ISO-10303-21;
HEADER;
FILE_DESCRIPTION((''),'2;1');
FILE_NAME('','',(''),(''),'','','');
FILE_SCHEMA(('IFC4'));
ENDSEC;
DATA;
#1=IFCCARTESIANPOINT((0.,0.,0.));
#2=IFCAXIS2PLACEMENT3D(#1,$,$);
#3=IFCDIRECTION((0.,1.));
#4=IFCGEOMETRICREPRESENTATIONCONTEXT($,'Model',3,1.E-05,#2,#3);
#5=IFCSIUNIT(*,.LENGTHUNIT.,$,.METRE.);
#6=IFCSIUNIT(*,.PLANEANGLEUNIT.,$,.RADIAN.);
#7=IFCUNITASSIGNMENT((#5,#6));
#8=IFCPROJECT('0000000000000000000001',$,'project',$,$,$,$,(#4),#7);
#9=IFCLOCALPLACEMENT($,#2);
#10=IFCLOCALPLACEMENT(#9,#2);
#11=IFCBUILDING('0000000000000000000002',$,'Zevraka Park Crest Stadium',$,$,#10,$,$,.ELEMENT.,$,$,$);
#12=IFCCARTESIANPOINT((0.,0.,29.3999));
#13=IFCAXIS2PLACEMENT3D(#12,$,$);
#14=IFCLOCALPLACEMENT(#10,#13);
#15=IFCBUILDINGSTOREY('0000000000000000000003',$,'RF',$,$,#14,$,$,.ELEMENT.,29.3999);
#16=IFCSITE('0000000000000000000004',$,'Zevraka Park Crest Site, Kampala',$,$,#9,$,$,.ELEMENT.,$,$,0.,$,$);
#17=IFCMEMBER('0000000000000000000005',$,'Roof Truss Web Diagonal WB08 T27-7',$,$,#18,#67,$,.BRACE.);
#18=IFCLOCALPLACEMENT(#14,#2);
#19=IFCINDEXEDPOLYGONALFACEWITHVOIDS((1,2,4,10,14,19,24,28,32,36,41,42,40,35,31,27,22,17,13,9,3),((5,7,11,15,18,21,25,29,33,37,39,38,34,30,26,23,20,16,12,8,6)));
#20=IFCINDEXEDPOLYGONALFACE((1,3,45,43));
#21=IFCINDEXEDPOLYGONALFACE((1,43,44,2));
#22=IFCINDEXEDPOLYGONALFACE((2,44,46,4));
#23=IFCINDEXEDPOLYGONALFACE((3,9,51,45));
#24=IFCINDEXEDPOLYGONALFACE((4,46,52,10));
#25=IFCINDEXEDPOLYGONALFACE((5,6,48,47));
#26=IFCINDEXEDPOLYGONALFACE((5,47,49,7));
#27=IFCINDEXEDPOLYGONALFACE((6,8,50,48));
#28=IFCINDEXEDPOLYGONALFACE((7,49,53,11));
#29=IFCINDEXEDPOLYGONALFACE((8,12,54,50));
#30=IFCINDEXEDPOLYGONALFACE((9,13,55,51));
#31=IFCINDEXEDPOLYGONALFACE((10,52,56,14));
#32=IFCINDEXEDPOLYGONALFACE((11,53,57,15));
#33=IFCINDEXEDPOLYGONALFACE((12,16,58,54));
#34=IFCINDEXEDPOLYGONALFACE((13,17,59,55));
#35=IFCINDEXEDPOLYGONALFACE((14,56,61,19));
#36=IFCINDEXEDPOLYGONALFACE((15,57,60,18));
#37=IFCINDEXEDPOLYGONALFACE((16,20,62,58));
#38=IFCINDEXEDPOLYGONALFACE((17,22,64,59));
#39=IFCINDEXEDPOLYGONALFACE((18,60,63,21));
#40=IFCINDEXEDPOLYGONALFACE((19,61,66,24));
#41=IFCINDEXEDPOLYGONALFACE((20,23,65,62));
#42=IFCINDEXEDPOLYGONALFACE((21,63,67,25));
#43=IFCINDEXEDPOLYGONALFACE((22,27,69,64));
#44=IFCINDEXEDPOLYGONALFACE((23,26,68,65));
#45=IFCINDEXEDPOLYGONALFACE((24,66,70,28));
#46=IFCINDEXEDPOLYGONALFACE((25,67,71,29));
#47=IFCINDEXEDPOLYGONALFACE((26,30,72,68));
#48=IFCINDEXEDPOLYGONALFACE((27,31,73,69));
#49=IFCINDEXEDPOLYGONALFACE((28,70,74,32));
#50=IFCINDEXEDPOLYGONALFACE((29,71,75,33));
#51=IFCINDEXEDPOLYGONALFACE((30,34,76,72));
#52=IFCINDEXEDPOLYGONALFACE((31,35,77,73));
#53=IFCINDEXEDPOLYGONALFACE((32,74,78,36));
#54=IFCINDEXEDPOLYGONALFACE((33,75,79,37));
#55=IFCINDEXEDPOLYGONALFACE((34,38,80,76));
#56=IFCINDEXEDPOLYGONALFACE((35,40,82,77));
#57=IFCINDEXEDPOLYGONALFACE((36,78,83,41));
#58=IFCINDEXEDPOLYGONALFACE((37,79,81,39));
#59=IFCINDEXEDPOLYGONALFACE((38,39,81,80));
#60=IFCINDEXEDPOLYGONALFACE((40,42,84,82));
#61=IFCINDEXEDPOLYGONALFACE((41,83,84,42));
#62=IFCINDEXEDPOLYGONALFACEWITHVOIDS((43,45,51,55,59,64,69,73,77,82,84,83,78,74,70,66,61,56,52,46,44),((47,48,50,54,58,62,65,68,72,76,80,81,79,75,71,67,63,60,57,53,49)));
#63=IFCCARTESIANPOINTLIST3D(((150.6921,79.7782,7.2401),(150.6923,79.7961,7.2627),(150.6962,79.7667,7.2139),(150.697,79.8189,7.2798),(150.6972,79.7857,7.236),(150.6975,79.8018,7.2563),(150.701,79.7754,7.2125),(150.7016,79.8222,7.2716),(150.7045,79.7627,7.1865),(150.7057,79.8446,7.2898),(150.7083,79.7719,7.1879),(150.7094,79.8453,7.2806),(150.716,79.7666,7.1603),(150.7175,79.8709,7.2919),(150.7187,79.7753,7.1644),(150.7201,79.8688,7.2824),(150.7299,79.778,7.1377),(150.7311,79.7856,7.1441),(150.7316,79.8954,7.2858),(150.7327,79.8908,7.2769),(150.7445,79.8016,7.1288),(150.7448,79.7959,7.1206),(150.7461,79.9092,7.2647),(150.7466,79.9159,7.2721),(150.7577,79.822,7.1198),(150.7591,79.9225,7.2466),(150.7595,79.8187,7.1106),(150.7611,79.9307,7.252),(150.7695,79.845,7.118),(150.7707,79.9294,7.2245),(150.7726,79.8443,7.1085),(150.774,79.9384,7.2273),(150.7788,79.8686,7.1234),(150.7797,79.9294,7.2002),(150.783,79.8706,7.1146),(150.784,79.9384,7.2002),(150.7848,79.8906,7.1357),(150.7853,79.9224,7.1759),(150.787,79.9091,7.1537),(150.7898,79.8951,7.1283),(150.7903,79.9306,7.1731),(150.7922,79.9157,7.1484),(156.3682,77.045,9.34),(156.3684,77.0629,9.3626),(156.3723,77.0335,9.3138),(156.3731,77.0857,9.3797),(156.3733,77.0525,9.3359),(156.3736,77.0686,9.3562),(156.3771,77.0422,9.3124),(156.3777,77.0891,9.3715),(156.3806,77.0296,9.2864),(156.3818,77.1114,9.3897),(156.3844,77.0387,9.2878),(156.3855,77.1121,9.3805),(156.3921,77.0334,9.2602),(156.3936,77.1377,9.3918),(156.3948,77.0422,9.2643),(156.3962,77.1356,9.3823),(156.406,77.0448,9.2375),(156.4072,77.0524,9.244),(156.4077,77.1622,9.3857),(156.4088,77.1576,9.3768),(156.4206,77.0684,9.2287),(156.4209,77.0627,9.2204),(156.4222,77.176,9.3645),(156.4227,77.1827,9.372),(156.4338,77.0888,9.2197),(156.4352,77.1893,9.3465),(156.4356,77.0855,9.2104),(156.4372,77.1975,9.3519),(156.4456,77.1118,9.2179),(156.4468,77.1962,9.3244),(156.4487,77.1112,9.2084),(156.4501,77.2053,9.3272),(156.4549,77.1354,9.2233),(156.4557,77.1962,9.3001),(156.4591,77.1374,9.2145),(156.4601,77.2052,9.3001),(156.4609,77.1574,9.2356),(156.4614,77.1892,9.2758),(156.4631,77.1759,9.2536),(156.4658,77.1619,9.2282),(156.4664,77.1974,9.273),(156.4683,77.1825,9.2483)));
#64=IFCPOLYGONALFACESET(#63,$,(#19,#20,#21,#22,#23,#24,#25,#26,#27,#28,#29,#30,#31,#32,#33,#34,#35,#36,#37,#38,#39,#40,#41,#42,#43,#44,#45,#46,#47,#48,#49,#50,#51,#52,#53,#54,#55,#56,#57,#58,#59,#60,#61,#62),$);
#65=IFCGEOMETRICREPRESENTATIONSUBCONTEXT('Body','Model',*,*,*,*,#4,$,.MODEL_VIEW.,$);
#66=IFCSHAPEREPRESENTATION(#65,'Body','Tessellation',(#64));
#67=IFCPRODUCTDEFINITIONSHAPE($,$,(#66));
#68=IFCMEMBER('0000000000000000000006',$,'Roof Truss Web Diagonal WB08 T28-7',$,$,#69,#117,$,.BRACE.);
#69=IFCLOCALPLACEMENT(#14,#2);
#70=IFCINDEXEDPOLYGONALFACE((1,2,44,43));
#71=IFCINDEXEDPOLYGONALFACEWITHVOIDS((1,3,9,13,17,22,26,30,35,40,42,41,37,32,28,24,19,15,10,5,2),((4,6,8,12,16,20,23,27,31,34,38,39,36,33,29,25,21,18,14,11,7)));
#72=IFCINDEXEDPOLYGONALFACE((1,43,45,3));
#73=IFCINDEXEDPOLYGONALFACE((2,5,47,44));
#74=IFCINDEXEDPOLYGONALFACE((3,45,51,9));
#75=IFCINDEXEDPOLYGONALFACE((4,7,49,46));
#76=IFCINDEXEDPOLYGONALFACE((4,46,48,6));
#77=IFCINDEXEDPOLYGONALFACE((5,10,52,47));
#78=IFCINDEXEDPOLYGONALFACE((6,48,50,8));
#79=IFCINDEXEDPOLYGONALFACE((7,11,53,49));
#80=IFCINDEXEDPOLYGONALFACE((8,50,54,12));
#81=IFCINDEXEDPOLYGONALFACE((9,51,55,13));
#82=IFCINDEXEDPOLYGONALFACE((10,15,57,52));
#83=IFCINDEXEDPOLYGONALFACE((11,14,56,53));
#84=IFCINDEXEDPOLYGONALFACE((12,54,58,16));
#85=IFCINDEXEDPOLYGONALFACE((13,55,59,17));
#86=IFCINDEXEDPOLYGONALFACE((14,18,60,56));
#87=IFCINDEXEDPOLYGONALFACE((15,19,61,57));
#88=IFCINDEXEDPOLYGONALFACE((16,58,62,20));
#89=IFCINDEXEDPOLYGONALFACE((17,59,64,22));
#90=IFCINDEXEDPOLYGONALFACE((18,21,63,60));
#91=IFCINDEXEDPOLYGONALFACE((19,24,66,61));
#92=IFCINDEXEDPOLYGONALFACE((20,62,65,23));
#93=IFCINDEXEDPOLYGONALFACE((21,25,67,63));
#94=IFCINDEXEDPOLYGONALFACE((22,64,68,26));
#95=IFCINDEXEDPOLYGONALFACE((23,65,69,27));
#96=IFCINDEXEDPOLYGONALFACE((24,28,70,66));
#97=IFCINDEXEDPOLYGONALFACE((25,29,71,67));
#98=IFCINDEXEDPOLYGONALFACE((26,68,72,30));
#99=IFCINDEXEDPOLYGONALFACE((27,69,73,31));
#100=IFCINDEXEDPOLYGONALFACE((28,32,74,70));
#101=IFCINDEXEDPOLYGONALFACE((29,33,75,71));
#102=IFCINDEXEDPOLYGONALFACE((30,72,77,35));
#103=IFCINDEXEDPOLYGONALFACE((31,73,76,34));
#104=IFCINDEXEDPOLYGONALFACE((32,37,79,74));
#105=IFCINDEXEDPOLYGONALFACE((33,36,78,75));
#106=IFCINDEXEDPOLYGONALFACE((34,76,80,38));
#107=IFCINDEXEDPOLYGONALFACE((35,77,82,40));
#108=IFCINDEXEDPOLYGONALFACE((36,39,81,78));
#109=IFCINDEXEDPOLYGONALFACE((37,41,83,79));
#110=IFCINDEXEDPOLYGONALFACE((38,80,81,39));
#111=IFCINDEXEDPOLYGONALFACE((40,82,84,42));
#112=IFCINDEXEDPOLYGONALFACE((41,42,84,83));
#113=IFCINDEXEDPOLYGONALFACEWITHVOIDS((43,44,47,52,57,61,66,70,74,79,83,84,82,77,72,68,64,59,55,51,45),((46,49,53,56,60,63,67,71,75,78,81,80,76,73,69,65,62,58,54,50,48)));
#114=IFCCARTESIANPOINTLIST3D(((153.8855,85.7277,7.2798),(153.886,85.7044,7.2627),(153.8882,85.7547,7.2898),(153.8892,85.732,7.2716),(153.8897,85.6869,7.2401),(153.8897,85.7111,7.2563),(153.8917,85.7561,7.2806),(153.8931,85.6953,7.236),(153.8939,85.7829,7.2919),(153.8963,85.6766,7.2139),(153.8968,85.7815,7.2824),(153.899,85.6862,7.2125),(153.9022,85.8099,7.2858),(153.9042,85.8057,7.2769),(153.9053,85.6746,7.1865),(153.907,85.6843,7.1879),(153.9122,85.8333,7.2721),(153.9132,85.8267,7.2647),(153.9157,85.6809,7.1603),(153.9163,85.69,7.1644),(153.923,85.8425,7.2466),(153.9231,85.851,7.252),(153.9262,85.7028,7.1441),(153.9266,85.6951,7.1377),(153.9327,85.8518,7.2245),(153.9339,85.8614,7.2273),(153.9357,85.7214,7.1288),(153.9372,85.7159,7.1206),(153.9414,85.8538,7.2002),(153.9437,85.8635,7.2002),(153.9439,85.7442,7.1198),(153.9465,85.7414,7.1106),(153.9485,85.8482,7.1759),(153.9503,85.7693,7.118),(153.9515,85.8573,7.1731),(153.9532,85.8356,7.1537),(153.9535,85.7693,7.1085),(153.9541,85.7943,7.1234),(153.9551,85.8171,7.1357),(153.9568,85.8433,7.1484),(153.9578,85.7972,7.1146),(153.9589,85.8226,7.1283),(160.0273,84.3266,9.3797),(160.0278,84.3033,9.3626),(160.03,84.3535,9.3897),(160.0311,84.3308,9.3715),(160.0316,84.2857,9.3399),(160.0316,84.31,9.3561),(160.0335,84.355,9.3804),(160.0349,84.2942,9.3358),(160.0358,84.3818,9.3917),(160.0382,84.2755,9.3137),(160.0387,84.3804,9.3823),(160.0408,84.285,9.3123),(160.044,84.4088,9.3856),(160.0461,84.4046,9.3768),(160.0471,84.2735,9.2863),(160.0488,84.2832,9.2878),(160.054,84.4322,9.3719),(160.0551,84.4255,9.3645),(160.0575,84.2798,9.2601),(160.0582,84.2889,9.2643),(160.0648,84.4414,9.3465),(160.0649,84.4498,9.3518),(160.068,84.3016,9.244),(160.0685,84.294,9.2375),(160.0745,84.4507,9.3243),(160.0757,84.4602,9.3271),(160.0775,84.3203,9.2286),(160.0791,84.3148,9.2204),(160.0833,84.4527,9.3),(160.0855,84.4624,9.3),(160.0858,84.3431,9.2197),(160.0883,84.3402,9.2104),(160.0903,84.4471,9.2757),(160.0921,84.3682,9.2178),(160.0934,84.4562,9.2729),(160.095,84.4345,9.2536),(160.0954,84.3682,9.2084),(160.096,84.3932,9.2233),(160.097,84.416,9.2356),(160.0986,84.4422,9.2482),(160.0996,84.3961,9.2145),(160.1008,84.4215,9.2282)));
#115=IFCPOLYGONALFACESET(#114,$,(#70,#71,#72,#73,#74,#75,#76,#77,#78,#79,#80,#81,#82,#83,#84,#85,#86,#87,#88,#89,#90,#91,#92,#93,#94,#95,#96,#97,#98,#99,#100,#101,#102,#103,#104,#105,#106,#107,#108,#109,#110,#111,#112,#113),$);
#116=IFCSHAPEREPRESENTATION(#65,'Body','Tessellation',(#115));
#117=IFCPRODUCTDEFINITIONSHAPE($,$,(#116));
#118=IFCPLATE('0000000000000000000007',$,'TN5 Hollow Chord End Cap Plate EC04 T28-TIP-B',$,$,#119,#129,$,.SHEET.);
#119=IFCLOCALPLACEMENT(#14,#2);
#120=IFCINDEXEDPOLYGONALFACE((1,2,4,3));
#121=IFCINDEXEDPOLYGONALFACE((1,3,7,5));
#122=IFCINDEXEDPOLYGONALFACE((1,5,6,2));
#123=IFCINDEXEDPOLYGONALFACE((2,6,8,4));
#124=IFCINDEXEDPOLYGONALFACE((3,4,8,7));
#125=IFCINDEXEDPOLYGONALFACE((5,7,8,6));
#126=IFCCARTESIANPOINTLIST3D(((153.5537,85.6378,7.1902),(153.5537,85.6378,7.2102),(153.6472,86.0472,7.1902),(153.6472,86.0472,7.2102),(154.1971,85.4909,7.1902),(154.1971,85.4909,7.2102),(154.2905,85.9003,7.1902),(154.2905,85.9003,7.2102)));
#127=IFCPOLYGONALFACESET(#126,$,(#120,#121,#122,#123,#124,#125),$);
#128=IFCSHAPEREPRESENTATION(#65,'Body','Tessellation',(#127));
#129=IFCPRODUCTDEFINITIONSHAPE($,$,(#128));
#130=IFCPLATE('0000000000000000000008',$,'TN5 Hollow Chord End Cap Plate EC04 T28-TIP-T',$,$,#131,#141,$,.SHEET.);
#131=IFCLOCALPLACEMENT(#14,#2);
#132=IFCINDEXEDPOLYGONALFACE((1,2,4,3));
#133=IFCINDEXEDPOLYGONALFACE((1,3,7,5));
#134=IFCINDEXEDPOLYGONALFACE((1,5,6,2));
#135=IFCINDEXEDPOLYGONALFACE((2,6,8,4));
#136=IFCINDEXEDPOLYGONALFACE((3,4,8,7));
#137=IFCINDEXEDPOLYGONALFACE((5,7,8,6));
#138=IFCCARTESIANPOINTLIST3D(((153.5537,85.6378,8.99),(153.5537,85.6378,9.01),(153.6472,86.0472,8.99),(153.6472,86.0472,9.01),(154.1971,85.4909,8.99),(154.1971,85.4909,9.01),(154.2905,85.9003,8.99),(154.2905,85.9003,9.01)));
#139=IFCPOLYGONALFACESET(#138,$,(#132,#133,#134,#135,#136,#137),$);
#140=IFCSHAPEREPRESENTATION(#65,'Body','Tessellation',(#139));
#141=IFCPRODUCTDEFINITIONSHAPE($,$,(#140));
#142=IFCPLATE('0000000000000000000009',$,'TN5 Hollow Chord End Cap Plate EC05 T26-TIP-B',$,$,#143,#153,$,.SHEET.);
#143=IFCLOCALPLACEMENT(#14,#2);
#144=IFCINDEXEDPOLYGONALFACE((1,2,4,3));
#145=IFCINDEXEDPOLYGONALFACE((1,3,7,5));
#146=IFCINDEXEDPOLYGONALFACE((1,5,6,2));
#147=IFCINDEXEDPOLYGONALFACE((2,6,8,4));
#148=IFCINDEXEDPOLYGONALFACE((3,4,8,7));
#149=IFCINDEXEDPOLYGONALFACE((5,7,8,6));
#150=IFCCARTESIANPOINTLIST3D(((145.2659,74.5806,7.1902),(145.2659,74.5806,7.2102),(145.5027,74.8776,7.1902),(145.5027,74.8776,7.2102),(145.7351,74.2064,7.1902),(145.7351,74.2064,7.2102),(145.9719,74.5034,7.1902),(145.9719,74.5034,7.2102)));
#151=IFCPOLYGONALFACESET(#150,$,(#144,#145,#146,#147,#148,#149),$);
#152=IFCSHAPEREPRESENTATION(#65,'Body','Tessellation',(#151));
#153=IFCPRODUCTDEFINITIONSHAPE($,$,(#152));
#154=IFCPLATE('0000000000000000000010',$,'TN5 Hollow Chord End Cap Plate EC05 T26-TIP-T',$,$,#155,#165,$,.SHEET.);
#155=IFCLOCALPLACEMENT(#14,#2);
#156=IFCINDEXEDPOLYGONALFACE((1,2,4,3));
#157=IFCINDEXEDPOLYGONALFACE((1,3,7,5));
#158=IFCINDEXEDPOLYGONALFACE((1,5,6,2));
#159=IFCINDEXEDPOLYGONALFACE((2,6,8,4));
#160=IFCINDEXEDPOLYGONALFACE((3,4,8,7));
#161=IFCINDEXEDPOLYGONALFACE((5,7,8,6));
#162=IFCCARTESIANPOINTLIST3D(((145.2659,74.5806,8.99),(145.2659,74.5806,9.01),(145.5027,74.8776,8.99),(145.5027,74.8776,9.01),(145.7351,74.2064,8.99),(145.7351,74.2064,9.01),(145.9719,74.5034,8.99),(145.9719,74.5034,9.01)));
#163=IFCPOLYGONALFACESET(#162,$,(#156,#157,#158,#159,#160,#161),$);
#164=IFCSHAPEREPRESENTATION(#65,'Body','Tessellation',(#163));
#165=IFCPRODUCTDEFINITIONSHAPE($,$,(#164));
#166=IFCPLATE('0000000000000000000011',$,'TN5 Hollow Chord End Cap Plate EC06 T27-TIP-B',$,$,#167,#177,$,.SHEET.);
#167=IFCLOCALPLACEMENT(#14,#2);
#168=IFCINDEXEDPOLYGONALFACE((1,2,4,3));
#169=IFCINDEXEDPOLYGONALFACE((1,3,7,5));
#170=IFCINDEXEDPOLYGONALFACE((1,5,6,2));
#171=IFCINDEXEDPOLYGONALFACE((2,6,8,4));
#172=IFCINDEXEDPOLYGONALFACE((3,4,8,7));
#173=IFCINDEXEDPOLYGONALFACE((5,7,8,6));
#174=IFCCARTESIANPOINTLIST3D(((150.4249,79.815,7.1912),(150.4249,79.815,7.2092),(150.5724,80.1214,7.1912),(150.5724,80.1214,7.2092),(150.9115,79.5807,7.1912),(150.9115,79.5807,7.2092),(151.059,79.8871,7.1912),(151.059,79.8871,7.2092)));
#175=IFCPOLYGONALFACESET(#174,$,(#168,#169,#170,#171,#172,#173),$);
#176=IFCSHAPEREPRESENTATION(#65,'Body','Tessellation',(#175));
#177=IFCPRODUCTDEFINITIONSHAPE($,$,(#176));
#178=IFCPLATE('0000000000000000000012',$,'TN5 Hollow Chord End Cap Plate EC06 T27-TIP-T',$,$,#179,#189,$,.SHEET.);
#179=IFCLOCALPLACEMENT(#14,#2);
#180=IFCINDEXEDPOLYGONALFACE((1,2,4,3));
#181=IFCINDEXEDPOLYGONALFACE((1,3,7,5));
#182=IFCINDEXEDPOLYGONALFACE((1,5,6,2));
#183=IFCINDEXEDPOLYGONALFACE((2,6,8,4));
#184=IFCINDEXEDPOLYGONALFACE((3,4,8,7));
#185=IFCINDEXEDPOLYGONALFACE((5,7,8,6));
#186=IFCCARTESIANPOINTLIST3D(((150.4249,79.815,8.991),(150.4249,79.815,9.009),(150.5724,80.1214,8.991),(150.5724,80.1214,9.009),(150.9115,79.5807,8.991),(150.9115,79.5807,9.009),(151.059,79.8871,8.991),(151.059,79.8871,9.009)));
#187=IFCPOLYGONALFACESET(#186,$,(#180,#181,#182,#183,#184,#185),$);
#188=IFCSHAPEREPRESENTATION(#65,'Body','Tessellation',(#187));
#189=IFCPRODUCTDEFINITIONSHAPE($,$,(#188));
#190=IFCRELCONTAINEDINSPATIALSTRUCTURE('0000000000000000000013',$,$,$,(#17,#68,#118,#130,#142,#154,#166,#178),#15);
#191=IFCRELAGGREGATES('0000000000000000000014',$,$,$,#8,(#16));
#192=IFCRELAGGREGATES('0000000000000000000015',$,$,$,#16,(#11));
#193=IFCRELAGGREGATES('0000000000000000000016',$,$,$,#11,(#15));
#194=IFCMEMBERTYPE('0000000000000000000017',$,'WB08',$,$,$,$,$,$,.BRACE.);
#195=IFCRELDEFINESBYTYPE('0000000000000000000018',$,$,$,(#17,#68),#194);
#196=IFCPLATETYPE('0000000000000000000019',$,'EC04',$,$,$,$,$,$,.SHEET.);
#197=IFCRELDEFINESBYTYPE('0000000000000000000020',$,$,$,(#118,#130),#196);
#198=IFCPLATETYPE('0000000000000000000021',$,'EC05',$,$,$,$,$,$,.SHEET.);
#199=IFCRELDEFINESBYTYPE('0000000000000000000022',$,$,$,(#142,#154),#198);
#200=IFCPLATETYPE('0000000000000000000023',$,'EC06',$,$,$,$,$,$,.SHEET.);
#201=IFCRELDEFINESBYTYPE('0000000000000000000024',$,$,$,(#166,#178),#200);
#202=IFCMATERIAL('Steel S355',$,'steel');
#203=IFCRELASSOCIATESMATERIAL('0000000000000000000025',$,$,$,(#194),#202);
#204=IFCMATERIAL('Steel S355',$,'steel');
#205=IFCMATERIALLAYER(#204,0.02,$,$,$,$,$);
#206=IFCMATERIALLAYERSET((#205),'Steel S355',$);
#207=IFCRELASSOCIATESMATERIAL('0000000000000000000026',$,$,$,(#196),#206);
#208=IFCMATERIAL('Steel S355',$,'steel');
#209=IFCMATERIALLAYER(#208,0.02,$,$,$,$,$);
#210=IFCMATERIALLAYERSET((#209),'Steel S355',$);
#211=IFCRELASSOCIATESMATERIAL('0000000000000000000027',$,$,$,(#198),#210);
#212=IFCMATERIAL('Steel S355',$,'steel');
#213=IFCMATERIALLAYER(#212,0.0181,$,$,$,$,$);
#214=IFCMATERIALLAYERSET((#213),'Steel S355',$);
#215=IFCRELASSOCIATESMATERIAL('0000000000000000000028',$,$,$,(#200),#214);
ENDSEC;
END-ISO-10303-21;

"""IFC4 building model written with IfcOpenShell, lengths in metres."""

from ifc_helpers import new_model, si_unit, direction, frame, origin, origin_2d, place, context, subcontext, project, spatial, rectangle, hollow_circle, extrude, material, layer, layer_set, material_profile, profile_set, type_object, element, save


model = new_model("IFC4")

# Units and contexts
model_context = context("Model", 3, precision=1e-05, world=origin(), true_north=direction((0.0, 1.0)))
body_context = subcontext(model_context, "Body", "Model", "MODEL_VIEW")
ifc_project = project(units=[si_unit("LENGTHUNIT", "METRE"), si_unit("PLANEANGLEUNIT", "RADIAN")], contexts=[model_context])

# Site, building, storey
site_placement = place(None, origin())
site = spatial("IfcSite", under=ifc_project, at=site_placement, Name="Zevraka Park Crest Site, Kampala", CompositionType="ELEMENT", RefElevation=0.0)
building_placement = place(site_placement, origin())
building = spatial("IfcBuilding", under=site, at=building_placement, Name="Zevraka Park Crest Stadium", CompositionType="ELEMENT")
storey_placement = place(building_placement, frame((0.0, 0.0, 29.3999)))
storey = spatial("IfcBuildingStorey", under=building, at=storey_placement, Name="RF", CompositionType="ELEMENT", Elevation=29.3999)

# Members
ifc_material_1 = material(Name="Steel S355", Category="steel")
ifc_material_profile_1 = material_profile(ifc_material_1, hollow_circle(Radius=0.0969, WallThickness=0.01, at=origin_2d()), Name="CHS 193.7x10")
ifc_profile_set_1 = profile_set([ifc_material_profile_1], Name="Steel S355")
member_type_1 = type_object("IfcMemberType", Name="WB08", PredefinedType="BRACE", material=ifc_profile_set_1)
member_1_placement = place(storey_placement, frame((150.7419, 79.8511, 7.2002), z_axis=(0.854753, -0.411586, 0.316217), x_axis=(0.433848, 0.900986, 0.0)))
element("IfcMember", 1, at=member_1_placement, inside=storey, type_object=member_type_1, Name="Roof Truss Web Diagonal WB08 T27-7", PredefinedType="BRACE", context=body_context, shape_type="SweptSolid", body=[
    extrude(hollow_circle(Radius=0.0969, WallThickness=0.01, at=origin_2d()), origin(), (0.0, 0.0, 1.0), 6.6406),
])
member_2_placement = place(storey_placement, frame((153.9221, 85.769, 7.2002), z_axis=(0.924922, -0.211, 0.316224), x_axis=(0.222413, 0.974952, 0.0)))
element("IfcMember", 2, at=member_2_placement, inside=storey, type_object=member_type_1, Name="Roof Truss Web Diagonal WB08 T28-7", PredefinedType="BRACE", context=body_context, shape_type="SweptSolid", body=[
    extrude(hollow_circle(Radius=0.0969, WallThickness=0.01, at=origin_2d()), origin(), (0.0, 0.0, 1.0), 6.6404),
])

# Plates
ifc_material_2 = material(Name="Steel S355", Category="steel")
ifc_layer_1 = layer(ifc_material_2, 0.02)
ifc_layer_set_1 = layer_set([ifc_layer_1], Name="Steel S355")
plate_type_1 = type_object("IfcPlateType", Name="EC04", PredefinedType="SHEET", material=ifc_layer_set_1)
for number, where, z_axis, x_axis, name in (
    (3, (153.9221, 85.769, 7.1902), (0.0, 0.0, 1.0), (-0.974917, 0.22257, 0.0), "TN5 Hollow Chord End Cap Plate EC04 T28-TIP-B"),
    (4, (153.9221, 85.769, 8.99), (0.0, 0.0, 1.0), (-0.974917, 0.22257, 0.0), "TN5 Hollow Chord End Cap Plate EC04 T28-TIP-T"),
):
    element("IfcPlate", number, at=place(storey_placement, frame(where, z_axis=z_axis, x_axis=x_axis)), inside=storey, type_object=plate_type_1, Name=name, PredefinedType="SHEET", context=body_context, shape_type="SweptSolid", body=[
        extrude(rectangle(XDim=0.6599, YDim=0.4199, at=origin_2d()), origin(), (0.0, 0.0, 1.0), 0.02),
    ])
ifc_material_3 = material(Name="Steel S355", Category="steel")
ifc_layer_2 = layer(ifc_material_3, 0.02)
ifc_layer_set_2 = layer_set([ifc_layer_2], Name="Steel S355")
plate_type_2 = type_object("IfcPlateType", Name="EC05", PredefinedType="SHEET", material=ifc_layer_set_2)
for number, where, z_axis, x_axis, name in (
    (5, (145.6189, 74.542, 7.1902), (0.0, 0.0, 1.0), (-0.781847, 0.62347, 0.0), "TN5 Hollow Chord End Cap Plate EC05 T26-TIP-B"),
    (6, (145.6189, 74.542, 8.99), (0.0, 0.0, 1.0), (-0.781847, 0.62347, 0.0), "TN5 Hollow Chord End Cap Plate EC05 T26-TIP-T"),
):
    element("IfcPlate", number, at=place(storey_placement, frame(where, z_axis=z_axis, x_axis=x_axis)), inside=storey, type_object=plate_type_2, Name=name, PredefinedType="SHEET", context=body_context, shape_type="SweptSolid", body=[
        extrude(rectangle(XDim=0.6001, YDim=0.3799, at=origin_2d()), origin(), (0.0, 0.0, 1.0), 0.02),
    ])
ifc_material_4 = material(Name="Steel S355", Category="steel")
ifc_layer_3 = layer(ifc_material_4, 0.0181)
ifc_layer_set_3 = layer_set([ifc_layer_3], Name="Steel S355")
plate_type_3 = type_object("IfcPlateType", Name="EC06", PredefinedType="SHEET", material=ifc_layer_set_3)
for number, where, z_axis, x_axis, name in (
    (7, (150.7419, 79.8511, 7.1912), (0.0, 0.0, 1.0), (-0.901001, 0.433816, 0.0), "TN5 Hollow Chord End Cap Plate EC06 T27-TIP-B"),
    (8, (150.7419, 79.8511, 8.991), (0.0, 0.0, 1.0), (-0.901001, 0.433816, 0.0), "TN5 Hollow Chord End Cap Plate EC06 T27-TIP-T"),
):
    element("IfcPlate", number, at=place(storey_placement, frame(where, z_axis=z_axis, x_axis=x_axis)), inside=storey, type_object=plate_type_3, Name=name, PredefinedType="SHEET", context=body_context, shape_type="SweptSolid", body=[
        extrude(rectangle(XDim=0.54, YDim=0.3401, at=origin_2d()), origin(), (0.0, 0.0, 1.0), 0.0181),
    ])

save(model, "model.ifc")
